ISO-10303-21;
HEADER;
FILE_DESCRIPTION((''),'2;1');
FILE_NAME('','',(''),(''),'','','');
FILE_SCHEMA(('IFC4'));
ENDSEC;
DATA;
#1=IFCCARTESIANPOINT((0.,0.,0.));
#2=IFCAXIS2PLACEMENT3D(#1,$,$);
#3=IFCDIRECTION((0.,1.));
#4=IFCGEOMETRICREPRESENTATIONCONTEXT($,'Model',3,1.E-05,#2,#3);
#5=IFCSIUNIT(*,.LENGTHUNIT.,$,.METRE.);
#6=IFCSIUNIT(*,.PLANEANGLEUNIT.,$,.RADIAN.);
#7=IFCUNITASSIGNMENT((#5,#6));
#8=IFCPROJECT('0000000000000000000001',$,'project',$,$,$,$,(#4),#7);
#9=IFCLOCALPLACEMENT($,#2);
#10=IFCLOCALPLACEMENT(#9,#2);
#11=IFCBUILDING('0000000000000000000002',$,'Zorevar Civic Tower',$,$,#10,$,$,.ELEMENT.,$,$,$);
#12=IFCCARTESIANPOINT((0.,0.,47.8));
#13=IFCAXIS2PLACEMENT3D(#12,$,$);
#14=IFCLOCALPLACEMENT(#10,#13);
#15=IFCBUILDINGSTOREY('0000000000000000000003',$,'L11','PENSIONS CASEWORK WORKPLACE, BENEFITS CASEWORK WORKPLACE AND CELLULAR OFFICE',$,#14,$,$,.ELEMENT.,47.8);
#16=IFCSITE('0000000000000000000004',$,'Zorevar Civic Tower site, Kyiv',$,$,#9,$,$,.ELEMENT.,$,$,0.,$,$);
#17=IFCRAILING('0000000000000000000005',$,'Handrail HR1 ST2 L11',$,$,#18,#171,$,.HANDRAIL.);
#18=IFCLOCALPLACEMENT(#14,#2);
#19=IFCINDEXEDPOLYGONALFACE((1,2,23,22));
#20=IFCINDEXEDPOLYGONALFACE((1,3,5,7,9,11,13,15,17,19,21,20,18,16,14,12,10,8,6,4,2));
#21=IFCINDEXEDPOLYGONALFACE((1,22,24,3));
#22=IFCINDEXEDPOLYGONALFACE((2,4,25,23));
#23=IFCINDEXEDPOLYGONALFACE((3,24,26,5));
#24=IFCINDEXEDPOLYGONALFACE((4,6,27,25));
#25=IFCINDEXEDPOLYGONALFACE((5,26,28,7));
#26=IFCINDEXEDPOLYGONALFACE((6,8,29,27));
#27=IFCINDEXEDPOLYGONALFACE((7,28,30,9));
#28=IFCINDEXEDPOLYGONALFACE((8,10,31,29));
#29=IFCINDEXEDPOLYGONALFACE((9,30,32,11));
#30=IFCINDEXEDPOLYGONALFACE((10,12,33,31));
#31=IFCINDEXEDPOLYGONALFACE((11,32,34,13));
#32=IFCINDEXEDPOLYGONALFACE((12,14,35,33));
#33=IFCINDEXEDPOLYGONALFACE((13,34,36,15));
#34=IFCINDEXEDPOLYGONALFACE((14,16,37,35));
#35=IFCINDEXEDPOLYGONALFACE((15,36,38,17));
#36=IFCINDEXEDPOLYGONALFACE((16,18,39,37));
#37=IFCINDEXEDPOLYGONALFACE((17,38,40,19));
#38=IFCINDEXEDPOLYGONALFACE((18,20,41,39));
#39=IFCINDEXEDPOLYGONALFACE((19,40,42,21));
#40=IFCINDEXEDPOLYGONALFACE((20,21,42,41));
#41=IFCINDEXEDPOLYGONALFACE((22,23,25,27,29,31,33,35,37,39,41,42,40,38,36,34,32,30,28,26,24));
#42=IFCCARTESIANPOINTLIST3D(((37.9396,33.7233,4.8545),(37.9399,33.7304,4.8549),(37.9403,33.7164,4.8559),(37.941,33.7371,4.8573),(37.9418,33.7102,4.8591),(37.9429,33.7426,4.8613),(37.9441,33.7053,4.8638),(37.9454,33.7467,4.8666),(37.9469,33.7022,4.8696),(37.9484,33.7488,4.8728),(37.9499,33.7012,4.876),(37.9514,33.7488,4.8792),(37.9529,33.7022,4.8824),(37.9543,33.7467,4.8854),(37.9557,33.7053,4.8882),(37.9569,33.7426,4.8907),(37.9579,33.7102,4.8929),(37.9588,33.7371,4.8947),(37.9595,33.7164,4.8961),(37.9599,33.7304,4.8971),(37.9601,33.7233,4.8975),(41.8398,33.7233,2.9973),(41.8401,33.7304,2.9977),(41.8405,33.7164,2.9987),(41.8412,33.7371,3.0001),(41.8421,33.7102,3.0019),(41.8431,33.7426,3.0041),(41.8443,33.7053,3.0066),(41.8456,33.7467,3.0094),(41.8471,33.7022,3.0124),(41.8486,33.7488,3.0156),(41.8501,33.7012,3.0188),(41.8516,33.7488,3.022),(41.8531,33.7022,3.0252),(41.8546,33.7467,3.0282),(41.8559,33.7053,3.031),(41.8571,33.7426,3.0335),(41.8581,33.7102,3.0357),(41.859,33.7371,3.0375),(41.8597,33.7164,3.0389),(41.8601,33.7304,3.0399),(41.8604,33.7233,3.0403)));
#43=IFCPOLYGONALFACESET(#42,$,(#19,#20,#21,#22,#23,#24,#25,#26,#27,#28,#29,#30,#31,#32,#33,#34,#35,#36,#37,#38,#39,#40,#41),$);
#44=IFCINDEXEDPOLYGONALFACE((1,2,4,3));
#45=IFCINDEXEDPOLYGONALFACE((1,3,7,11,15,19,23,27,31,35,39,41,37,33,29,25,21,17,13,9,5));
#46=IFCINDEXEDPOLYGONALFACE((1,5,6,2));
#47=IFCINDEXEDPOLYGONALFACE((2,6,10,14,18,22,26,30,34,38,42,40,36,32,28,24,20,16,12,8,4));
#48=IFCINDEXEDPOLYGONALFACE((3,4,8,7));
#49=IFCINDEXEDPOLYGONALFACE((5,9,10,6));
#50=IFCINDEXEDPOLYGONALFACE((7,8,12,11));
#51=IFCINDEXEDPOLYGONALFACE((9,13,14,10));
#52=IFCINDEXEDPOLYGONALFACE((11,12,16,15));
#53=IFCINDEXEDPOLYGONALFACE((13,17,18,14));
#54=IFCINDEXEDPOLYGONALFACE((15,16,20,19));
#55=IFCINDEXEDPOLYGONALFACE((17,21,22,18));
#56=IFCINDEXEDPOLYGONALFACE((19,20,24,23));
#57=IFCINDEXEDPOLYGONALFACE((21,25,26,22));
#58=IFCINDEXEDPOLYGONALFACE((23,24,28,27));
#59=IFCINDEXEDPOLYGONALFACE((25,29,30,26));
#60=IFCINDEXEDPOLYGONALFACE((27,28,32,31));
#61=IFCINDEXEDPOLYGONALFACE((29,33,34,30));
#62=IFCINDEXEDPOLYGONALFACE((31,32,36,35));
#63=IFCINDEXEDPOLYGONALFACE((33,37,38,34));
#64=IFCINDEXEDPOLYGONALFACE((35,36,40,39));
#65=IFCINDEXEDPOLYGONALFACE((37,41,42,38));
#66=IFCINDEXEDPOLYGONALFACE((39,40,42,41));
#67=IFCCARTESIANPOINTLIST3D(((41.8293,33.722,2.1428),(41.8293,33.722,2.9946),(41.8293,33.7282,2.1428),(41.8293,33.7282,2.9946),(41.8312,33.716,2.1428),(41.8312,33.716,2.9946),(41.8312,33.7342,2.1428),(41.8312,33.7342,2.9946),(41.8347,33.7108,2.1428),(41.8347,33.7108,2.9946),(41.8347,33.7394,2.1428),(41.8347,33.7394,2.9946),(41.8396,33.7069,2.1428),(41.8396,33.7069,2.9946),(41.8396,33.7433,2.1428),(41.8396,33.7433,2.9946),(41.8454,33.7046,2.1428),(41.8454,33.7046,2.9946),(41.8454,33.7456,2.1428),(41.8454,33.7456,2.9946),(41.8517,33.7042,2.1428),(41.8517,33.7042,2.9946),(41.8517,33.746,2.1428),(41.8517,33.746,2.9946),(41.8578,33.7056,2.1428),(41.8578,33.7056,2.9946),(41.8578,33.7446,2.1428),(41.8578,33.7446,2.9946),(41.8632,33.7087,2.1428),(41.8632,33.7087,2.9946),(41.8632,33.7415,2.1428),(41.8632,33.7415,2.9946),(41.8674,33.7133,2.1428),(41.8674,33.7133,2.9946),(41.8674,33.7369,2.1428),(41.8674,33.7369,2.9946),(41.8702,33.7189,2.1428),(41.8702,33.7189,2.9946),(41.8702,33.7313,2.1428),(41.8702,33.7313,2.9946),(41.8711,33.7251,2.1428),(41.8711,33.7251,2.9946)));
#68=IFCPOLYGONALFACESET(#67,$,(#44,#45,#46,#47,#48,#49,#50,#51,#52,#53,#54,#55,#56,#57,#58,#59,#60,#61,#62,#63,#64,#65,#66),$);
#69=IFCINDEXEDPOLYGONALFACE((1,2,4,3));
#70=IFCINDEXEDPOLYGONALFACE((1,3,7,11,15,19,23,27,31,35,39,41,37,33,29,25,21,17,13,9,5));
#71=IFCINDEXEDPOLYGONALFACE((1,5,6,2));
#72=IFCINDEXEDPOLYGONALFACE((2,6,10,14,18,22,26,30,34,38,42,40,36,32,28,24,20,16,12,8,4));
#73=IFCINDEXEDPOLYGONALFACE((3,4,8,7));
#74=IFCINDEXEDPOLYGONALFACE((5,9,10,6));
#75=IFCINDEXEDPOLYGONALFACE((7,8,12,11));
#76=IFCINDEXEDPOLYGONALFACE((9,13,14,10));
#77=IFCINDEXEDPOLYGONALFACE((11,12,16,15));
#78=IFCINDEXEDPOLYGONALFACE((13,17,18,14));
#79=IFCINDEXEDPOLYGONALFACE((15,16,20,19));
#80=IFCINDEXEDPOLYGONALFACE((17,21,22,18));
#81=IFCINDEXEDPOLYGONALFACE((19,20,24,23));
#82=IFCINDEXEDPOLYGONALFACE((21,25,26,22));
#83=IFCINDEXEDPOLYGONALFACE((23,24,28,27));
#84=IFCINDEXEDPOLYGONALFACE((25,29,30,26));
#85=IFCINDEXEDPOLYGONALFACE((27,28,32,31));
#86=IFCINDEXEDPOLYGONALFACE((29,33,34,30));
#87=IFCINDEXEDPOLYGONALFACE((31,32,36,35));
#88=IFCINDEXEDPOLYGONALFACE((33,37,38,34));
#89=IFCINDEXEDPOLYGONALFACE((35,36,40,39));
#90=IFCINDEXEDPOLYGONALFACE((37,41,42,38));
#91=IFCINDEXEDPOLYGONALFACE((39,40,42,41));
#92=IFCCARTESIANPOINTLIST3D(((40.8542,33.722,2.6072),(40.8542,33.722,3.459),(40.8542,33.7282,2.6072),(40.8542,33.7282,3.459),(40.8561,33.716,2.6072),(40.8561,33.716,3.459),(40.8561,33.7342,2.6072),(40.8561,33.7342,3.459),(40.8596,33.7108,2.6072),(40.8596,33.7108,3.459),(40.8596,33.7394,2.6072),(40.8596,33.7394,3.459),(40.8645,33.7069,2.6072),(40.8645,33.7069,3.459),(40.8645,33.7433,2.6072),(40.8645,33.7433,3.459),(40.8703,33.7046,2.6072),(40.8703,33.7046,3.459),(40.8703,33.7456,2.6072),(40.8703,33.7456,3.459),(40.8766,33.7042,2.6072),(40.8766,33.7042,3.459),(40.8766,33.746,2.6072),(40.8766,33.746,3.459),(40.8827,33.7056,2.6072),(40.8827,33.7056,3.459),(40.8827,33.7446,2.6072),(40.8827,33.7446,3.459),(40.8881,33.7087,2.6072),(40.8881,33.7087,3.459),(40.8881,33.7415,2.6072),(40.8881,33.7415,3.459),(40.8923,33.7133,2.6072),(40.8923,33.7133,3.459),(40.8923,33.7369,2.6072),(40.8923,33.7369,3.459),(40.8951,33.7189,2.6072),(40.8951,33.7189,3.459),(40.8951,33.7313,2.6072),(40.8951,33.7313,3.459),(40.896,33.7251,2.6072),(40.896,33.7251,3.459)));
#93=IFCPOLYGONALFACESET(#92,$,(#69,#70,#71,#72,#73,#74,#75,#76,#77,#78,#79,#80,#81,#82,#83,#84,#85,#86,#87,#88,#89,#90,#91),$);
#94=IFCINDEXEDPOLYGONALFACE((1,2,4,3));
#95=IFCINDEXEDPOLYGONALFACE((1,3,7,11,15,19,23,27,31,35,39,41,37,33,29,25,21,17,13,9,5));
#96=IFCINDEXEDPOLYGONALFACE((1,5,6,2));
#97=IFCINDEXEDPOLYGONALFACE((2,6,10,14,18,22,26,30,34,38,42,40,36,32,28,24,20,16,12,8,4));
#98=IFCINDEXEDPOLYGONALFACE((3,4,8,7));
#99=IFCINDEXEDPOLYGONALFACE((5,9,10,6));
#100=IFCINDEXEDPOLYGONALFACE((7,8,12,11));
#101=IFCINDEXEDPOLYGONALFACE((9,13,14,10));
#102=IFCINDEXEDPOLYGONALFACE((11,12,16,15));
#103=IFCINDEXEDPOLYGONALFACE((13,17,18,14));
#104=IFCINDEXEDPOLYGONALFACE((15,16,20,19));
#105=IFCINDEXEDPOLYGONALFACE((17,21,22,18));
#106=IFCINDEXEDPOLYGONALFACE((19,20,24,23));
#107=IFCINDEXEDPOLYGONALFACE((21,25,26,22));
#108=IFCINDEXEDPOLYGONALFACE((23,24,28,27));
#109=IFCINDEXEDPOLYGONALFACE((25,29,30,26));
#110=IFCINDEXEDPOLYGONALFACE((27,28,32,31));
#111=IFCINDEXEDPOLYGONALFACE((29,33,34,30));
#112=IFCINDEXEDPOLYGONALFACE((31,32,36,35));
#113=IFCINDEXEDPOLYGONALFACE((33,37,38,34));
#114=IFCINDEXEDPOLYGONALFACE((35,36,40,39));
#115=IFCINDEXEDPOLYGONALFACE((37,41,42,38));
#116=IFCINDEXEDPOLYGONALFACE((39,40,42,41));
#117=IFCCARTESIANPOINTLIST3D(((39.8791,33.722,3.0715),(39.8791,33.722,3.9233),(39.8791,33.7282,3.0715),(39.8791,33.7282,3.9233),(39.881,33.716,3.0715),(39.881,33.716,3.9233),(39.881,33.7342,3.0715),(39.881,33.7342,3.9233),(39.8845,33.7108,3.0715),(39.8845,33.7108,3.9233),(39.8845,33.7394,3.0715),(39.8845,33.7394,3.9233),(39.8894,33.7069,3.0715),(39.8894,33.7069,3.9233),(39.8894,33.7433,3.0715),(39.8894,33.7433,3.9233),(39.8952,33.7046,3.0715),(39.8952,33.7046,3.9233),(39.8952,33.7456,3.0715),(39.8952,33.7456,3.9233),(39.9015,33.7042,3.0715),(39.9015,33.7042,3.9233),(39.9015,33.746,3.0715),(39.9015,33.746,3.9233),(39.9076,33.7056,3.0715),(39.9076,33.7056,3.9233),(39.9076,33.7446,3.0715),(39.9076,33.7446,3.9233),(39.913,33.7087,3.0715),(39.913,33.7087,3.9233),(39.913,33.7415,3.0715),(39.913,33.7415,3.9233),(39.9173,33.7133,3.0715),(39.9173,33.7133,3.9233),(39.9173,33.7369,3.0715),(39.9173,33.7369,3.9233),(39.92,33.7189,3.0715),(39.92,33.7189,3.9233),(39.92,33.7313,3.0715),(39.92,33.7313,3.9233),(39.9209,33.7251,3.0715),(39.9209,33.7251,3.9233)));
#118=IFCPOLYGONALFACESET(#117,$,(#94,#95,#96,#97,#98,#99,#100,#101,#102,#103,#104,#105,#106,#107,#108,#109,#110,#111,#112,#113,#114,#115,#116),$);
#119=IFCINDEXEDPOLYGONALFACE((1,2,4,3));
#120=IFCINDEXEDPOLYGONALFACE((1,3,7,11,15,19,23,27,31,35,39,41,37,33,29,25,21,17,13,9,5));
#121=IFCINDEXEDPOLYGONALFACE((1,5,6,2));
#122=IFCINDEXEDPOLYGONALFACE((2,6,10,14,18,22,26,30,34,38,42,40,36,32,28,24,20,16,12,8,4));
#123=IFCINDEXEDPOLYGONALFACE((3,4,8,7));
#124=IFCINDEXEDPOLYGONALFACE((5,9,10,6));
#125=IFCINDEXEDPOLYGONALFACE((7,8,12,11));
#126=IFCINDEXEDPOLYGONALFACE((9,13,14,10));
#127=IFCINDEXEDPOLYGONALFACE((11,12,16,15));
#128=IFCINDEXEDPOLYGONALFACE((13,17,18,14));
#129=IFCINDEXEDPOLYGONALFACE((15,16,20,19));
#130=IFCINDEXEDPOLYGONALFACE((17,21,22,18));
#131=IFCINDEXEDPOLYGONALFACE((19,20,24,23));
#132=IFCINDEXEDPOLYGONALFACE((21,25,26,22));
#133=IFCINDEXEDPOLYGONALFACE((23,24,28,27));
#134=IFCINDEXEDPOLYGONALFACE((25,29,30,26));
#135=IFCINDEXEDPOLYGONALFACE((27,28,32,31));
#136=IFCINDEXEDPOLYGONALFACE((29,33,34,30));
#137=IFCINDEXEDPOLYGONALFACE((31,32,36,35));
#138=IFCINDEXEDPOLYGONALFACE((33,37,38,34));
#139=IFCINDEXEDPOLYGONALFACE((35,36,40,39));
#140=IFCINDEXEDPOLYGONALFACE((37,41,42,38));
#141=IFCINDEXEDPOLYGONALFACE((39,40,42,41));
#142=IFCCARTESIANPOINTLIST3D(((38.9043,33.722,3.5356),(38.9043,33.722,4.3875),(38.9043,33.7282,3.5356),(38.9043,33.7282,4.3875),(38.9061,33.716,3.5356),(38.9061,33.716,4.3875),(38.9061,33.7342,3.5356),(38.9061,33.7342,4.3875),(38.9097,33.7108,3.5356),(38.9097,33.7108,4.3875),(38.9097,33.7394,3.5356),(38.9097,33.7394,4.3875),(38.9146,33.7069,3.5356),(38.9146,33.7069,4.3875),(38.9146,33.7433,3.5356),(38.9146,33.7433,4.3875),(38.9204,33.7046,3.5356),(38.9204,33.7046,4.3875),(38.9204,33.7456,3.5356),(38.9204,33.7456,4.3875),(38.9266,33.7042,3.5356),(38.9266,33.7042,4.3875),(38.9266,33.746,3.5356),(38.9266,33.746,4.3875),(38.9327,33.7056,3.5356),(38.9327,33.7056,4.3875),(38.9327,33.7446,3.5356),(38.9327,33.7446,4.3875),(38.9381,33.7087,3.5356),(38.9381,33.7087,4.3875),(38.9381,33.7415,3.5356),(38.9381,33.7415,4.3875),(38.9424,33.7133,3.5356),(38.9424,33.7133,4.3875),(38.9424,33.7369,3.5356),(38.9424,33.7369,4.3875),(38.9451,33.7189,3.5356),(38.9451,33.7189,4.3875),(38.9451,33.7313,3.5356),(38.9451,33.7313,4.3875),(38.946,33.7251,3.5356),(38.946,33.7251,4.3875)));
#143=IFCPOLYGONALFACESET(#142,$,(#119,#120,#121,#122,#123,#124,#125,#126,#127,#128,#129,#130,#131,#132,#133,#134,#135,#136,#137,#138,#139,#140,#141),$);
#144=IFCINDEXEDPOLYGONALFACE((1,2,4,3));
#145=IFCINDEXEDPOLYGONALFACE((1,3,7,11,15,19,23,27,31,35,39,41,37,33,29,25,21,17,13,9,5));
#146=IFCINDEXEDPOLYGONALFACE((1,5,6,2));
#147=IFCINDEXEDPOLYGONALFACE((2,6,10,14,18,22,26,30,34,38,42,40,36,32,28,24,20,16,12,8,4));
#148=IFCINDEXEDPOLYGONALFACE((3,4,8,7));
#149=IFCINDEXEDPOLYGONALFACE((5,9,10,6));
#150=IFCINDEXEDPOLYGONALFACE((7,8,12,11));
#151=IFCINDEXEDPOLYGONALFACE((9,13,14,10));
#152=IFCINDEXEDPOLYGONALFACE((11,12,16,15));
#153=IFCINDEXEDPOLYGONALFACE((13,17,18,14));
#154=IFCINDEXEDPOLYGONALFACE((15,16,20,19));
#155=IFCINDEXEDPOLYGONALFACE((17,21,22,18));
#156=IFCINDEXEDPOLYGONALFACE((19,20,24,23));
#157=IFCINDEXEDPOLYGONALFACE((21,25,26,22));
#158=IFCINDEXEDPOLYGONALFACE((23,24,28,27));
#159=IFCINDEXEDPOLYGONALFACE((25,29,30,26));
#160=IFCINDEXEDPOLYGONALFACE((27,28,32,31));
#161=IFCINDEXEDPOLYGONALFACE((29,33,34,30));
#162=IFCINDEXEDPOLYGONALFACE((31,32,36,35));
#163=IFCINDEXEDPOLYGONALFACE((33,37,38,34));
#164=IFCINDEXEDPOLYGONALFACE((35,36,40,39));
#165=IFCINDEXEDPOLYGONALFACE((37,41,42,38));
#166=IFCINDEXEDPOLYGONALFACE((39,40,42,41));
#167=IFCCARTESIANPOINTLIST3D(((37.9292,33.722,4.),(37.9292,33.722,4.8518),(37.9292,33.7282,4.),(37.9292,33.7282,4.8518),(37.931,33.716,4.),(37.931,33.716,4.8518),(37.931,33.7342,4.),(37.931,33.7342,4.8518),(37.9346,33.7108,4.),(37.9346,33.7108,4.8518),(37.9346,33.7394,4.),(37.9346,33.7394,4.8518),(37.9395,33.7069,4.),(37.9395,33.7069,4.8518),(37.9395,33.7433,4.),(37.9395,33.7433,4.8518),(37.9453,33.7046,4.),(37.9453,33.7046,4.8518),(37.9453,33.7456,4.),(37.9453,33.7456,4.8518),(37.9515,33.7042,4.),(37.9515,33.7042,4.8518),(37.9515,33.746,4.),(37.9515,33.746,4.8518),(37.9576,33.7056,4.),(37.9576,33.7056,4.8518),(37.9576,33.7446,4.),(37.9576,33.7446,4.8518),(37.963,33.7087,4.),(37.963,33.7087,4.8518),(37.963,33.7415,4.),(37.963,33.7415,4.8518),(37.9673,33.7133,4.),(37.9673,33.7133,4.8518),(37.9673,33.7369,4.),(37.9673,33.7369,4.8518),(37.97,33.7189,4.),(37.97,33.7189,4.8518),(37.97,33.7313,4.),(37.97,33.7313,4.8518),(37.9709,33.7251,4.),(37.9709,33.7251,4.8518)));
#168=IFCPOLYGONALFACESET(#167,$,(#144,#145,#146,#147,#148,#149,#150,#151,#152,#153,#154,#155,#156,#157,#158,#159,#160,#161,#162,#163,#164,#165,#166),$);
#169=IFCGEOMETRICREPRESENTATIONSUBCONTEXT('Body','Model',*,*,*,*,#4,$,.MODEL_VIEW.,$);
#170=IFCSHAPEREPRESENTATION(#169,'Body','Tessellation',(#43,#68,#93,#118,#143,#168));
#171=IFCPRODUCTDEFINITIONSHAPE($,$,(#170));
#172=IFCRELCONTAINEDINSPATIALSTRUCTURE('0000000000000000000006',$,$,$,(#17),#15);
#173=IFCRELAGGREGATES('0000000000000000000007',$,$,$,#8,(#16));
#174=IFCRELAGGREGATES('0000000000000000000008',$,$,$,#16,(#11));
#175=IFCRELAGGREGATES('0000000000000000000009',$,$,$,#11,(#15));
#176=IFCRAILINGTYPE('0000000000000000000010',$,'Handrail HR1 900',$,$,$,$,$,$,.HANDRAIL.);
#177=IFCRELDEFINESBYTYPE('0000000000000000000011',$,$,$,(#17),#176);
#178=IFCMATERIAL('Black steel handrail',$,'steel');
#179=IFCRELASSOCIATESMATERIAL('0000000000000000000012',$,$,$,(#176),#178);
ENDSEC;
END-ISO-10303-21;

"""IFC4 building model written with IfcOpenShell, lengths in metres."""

from ifc_helpers import new_model, si_unit, direction, frame, origin, origin_2d, place, context, subcontext, project, spatial, circle, extrude, material, type_object, element, save


model = new_model("IFC4")

# Units and contexts
model_context = context("Model", 3, precision=1e-05, world=origin(), true_north=direction((0.0, 1.0)))
body_context = subcontext(model_context, "Body", "Model", "MODEL_VIEW")
ifc_project = project(units=[si_unit("LENGTHUNIT", "METRE"), si_unit("PLANEANGLEUNIT", "RADIAN")], contexts=[model_context])

# Site, building, storey
site_placement = place(None, origin())
site = spatial("IfcSite", under=ifc_project, at=site_placement, Name="Zorevar Civic Tower site, Kyiv", CompositionType="ELEMENT", RefElevation=0.0)
building_placement = place(site_placement, origin())
building = spatial("IfcBuilding", under=site, at=building_placement, Name="Zorevar Civic Tower", CompositionType="ELEMENT")
storey_placement = place(building_placement, frame((0.0, 0.0, 47.8)))
storey = spatial("IfcBuildingStorey", under=building, at=storey_placement, Name="L11", Description="PENSIONS CASEWORK WORKPLACE, BENEFITS CASEWORK WORKPLACE AND CELLULAR OFFICE", CompositionType="ELEMENT", Elevation=47.8)

# Railing
ifc_material_1 = material(Name="Black steel handrail", Category="steel")
railing_type = type_object("IfcRailingType", Name="Handrail HR1 900", PredefinedType="HANDRAIL", material=ifc_material_1)
railing_1_placement = place(storey_placement, frame((41.8501, 33.7251, 2.1428)))
element("IfcRailing", 1, at=railing_1_placement, inside=storey, type_object=railing_type, Name="Handrail HR1 ST2 L11", PredefinedType="HANDRAIL", context=body_context, shape_type="SweptSolid", body=[
    extrude(circle(Radius=0.0239, at=origin_2d()), frame((0.0, 0.0, 0.876), z_axis=(-0.902864, 0.0, 0.429927), x_axis=(0.0, -1.0, 0.0)), (0.0, 0.0, 1.0), 4.3198),
    extrude(circle(Radius=0.021, at=origin_2d()), origin(), (0.0, 0.0, 1.0), 0.8518),
    extrude(circle(Radius=0.021, at=origin_2d()), frame((-0.9751, 0.0, 0.4644)), (0.0, 0.0, 1.0), 0.8518),
    extrude(circle(Radius=0.021, at=origin_2d()), frame((-1.9502, 0.0, 0.9287)), (0.0, 0.0, 1.0), 0.8518),
    extrude(circle(Radius=0.021, at=origin_2d()), frame((-2.925, 0.0, 1.3928)), (0.0, 0.0, 1.0), 0.8518),
    extrude(circle(Radius=0.021, at=origin_2d()), frame((-3.9001, 0.0, 1.8572)), (0.0, 0.0, 1.0), 0.8518),
])

save(model, "model.ifc")
